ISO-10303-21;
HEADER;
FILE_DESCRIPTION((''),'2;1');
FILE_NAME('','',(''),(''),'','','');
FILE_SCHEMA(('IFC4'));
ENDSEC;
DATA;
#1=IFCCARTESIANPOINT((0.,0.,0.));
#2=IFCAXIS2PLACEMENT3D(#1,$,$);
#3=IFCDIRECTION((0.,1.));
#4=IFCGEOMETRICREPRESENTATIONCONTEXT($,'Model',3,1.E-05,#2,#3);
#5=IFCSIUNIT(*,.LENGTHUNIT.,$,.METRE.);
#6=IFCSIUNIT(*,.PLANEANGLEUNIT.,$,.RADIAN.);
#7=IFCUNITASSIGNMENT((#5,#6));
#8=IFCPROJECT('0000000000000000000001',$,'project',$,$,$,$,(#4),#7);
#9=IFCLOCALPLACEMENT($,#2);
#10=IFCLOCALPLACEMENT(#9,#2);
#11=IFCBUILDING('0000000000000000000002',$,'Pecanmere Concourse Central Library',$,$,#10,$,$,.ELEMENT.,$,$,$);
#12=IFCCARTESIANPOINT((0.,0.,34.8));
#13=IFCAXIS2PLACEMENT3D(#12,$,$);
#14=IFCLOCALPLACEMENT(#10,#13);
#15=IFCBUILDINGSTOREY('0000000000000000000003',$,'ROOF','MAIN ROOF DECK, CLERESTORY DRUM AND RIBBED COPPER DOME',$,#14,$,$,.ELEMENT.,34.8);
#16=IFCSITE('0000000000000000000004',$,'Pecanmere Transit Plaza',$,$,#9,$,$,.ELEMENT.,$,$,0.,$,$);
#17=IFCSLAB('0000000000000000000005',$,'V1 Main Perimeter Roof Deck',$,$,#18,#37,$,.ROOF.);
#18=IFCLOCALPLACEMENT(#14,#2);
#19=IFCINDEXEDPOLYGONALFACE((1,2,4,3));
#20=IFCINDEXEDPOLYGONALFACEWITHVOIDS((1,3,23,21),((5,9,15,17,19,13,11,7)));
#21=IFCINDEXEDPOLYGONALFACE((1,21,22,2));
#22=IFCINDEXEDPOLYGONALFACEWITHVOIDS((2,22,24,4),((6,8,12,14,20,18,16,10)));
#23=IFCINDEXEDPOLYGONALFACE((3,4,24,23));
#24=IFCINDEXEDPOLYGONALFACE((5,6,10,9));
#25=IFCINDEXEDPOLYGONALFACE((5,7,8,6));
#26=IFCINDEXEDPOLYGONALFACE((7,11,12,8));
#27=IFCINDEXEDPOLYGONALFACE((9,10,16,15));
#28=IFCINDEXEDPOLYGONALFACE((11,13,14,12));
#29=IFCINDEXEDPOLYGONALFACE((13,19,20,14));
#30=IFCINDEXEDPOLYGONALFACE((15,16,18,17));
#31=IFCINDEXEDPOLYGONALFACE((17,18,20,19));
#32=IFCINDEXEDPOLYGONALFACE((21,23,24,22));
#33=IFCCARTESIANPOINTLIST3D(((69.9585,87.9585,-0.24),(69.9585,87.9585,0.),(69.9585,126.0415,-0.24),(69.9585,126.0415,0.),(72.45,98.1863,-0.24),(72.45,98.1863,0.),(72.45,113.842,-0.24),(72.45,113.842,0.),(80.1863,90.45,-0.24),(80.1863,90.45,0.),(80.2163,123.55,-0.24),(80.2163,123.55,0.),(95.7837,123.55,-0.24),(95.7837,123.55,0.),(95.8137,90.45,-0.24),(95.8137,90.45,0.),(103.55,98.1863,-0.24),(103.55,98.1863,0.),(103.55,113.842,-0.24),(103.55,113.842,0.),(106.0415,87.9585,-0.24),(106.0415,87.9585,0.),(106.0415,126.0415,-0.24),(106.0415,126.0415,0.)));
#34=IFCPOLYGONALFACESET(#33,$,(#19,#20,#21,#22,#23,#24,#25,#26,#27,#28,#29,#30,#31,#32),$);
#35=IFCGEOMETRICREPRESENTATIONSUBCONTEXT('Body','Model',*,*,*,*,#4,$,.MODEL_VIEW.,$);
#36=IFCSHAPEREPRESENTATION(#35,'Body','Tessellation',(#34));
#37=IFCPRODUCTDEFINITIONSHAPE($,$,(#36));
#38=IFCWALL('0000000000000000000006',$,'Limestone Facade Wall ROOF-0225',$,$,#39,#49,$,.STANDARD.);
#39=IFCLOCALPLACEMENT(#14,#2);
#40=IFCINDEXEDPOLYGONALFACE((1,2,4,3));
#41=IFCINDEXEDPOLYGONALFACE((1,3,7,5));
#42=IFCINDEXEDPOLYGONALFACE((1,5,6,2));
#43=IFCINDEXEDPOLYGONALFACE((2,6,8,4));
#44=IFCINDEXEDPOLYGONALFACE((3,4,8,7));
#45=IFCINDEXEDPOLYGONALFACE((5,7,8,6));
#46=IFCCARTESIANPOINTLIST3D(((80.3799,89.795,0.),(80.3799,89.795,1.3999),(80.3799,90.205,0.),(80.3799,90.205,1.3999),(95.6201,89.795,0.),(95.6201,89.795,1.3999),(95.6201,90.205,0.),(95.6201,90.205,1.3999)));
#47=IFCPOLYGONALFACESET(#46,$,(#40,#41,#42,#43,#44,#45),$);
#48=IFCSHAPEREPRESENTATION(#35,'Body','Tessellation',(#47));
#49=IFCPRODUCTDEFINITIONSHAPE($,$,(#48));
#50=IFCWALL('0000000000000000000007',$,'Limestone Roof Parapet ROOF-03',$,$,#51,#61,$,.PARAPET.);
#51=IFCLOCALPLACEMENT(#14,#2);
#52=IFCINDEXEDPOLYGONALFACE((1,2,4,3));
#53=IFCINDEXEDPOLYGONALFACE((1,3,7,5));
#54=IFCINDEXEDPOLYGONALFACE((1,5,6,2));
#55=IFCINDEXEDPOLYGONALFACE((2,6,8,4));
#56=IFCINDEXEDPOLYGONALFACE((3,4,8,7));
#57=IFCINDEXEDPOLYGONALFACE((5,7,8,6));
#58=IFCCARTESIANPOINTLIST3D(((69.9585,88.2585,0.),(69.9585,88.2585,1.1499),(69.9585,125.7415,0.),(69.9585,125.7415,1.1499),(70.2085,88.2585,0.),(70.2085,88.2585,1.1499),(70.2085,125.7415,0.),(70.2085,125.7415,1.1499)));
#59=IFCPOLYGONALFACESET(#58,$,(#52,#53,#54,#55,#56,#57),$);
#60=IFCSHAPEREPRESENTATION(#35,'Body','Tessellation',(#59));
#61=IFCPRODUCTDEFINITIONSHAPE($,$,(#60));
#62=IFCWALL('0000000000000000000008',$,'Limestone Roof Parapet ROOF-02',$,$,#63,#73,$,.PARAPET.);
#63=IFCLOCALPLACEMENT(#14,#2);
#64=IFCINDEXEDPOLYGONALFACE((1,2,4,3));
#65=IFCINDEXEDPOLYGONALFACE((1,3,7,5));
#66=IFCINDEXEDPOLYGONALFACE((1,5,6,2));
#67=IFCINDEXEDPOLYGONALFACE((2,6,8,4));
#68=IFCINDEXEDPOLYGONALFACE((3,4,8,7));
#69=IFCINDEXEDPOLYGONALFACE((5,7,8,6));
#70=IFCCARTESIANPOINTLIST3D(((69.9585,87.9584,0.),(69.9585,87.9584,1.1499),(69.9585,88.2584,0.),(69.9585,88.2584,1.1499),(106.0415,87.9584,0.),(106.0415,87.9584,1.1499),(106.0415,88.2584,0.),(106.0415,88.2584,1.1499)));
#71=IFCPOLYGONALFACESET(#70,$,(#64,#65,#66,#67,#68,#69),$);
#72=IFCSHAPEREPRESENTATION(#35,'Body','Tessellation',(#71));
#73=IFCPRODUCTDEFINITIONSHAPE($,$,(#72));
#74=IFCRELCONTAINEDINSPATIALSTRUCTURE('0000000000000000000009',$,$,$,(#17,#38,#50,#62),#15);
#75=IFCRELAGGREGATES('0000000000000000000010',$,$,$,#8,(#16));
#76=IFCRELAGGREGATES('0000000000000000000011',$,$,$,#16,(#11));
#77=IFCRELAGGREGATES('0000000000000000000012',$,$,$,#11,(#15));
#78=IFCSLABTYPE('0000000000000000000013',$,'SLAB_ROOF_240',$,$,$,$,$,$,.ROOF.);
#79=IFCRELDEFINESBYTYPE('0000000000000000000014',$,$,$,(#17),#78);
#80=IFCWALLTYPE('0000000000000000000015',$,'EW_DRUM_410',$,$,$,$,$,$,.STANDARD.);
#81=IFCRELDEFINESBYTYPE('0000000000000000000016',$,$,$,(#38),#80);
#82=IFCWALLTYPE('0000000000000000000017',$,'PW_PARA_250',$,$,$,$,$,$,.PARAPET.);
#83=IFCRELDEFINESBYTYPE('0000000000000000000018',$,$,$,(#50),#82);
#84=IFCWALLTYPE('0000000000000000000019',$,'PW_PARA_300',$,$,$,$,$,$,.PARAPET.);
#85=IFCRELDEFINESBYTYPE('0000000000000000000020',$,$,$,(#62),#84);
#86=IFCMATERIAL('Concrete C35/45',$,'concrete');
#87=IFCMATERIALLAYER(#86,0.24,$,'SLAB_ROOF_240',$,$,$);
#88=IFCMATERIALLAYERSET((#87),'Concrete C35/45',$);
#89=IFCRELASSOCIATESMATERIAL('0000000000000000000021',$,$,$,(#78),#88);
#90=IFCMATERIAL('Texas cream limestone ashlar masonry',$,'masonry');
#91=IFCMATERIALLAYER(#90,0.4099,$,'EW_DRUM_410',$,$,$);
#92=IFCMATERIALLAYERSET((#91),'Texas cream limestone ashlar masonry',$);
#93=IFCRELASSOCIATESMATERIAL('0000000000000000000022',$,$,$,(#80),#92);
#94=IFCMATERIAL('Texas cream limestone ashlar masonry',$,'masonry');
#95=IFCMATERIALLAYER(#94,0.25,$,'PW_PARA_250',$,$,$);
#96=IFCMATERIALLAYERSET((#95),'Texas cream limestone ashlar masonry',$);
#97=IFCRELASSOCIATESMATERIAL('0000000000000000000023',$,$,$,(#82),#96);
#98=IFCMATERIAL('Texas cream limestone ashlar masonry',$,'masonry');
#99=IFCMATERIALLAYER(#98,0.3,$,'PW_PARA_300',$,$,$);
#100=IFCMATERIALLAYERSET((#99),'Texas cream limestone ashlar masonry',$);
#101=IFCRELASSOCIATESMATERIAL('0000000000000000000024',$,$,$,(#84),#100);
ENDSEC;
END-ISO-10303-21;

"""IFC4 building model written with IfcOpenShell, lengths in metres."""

from ifc_helpers import new_model, si_unit, direction, frame, frame_2d, origin, place, context, subcontext, project, spatial, polyline, rectangle, outline, extrude, material, layer, layer_set, type_object, element, save


model = new_model("IFC4")

# Units and contexts
model_context = context("Model", 3, precision=1e-05, world=origin(), true_north=direction((0.0, 1.0)))
body_context = subcontext(model_context, "Body", "Model", "MODEL_VIEW")
ifc_project = project(units=[si_unit("LENGTHUNIT", "METRE"), si_unit("PLANEANGLEUNIT", "RADIAN")], contexts=[model_context])

# Site, building, storey
site_placement = place(None, origin())
site = spatial("IfcSite", under=ifc_project, at=site_placement, Name="Pecanmere Transit Plaza", CompositionType="ELEMENT", RefElevation=0.0)
building_placement = place(site_placement, origin())
building = spatial("IfcBuilding", under=site, at=building_placement, Name="Pecanmere Concourse Central Library", CompositionType="ELEMENT")
storey_placement = place(building_placement, frame((0.0, 0.0, 34.8)))
storey = spatial("IfcBuildingStorey", under=building, at=storey_placement, Name="ROOF", Description="MAIN ROOF DECK, CLERESTORY DRUM AND RIBBED COPPER DOME", CompositionType="ELEMENT", Elevation=34.8)

# Slab
ifc_material_1 = material(Name="Concrete C35/45", Category="concrete")
ifc_layer_1 = layer(ifc_material_1, 0.24, Name="SLAB_ROOF_240")
ifc_layer_set_1 = layer_set([ifc_layer_1], Name="Concrete C35/45")
slab_type_1 = type_object("IfcSlabType", Name="SLAB_ROOF_240", PredefinedType="ROOF", material=ifc_layer_set_1)
slab_1_placement = place(storey_placement, frame((0.0, 0.0, -0.24)))
element("IfcSlab", 1, at=slab_1_placement, inside=storey, type_object=slab_type_1, Name="V1 Main Perimeter Roof Deck", PredefinedType="ROOF", context=body_context, shape_type="SweptSolid", body=[
    extrude(outline(polyline([(69.9585, 87.9585), (69.9585, 126.0415), (106.0415, 126.0415), (106.0415, 87.9585), (69.9585, 87.9585)]), holes=[polyline([(95.8137, 90.45), (103.55, 98.1863), (103.55, 113.842), (95.7837, 123.55), (80.2163, 123.55), (72.45, 113.842), (72.45, 98.1863), (80.1863, 90.45), (95.8137, 90.45)])]), origin(), (0.0, 0.0, 1.0), 0.24),
])

# Walls
ifc_material_2 = material(Name="Texas cream limestone ashlar masonry", Category="masonry")
ifc_layer_2 = layer(ifc_material_2, 0.4099, Name="EW_DRUM_410")
ifc_layer_set_2 = layer_set([ifc_layer_2], Name="Texas cream limestone ashlar masonry")
wall_type_1 = type_object("IfcWallType", Name="EW_DRUM_410", PredefinedType="STANDARD", material=ifc_layer_set_2)
wall_1_placement = place(storey_placement, frame((80.3799, 90.0, 0.0), z_axis=(0.0, 0.0, 1.0), x_axis=(1.0, 0.0, 0.0)))
element("IfcWall", 2, at=wall_1_placement, inside=storey, type_object=wall_type_1, Name="Limestone Facade Wall ROOF-0225", PredefinedType="STANDARD", context=body_context, shape_type="SweptSolid", body=[
    extrude(rectangle(XDim=15.2402, YDim=0.4099, at=frame_2d((7.6201, 0.0))), origin(), (0.0, 0.0, 1.0), 1.3999),
])
ifc_material_3 = material(Name="Texas cream limestone ashlar masonry", Category="masonry")
ifc_layer_3 = layer(ifc_material_3, 0.25, Name="PW_PARA_250")
ifc_layer_set_3 = layer_set([ifc_layer_3], Name="Texas cream limestone ashlar masonry")
wall_type_2 = type_object("IfcWallType", Name="PW_PARA_250", PredefinedType="PARAPET", material=ifc_layer_set_3)
wall_2_placement = place(storey_placement, frame((70.0835, 88.2585, 0.0), z_axis=(0.0, 0.0, 1.0), x_axis=(0.0, 1.0, 0.0)))
element("IfcWall", 3, at=wall_2_placement, inside=storey, type_object=wall_type_2, Name="Limestone Roof Parapet ROOF-03", PredefinedType="PARAPET", context=body_context, shape_type="SweptSolid", body=[
    extrude(rectangle(XDim=37.4829, YDim=0.25, at=frame_2d((18.7415, 0.0))), origin(), (0.0, 0.0, 1.0), 1.1499),
])
ifc_material_4 = material(Name="Texas cream limestone ashlar masonry", Category="masonry")
ifc_layer_4 = layer(ifc_material_4, 0.3, Name="PW_PARA_300")
ifc_layer_set_4 = layer_set([ifc_layer_4], Name="Texas cream limestone ashlar masonry")
wall_type_3 = type_object("IfcWallType", Name="PW_PARA_300", PredefinedType="PARAPET", material=ifc_layer_set_4)
wall_3_placement = place(storey_placement, frame((69.9585, 88.1084, 0.0), z_axis=(0.0, 0.0, 1.0), x_axis=(1.0, 0.0, 0.0)))
element("IfcWall", 4, at=wall_3_placement, inside=storey, type_object=wall_type_3, Name="Limestone Roof Parapet ROOF-02", PredefinedType="PARAPET", context=body_context, shape_type="SweptSolid", body=[
    extrude(rectangle(XDim=36.083, YDim=0.3, at=frame_2d((18.0415, 0.0))), origin(), (0.0, 0.0, 1.0), 1.1499),
])

save(model, "model.ifc")
